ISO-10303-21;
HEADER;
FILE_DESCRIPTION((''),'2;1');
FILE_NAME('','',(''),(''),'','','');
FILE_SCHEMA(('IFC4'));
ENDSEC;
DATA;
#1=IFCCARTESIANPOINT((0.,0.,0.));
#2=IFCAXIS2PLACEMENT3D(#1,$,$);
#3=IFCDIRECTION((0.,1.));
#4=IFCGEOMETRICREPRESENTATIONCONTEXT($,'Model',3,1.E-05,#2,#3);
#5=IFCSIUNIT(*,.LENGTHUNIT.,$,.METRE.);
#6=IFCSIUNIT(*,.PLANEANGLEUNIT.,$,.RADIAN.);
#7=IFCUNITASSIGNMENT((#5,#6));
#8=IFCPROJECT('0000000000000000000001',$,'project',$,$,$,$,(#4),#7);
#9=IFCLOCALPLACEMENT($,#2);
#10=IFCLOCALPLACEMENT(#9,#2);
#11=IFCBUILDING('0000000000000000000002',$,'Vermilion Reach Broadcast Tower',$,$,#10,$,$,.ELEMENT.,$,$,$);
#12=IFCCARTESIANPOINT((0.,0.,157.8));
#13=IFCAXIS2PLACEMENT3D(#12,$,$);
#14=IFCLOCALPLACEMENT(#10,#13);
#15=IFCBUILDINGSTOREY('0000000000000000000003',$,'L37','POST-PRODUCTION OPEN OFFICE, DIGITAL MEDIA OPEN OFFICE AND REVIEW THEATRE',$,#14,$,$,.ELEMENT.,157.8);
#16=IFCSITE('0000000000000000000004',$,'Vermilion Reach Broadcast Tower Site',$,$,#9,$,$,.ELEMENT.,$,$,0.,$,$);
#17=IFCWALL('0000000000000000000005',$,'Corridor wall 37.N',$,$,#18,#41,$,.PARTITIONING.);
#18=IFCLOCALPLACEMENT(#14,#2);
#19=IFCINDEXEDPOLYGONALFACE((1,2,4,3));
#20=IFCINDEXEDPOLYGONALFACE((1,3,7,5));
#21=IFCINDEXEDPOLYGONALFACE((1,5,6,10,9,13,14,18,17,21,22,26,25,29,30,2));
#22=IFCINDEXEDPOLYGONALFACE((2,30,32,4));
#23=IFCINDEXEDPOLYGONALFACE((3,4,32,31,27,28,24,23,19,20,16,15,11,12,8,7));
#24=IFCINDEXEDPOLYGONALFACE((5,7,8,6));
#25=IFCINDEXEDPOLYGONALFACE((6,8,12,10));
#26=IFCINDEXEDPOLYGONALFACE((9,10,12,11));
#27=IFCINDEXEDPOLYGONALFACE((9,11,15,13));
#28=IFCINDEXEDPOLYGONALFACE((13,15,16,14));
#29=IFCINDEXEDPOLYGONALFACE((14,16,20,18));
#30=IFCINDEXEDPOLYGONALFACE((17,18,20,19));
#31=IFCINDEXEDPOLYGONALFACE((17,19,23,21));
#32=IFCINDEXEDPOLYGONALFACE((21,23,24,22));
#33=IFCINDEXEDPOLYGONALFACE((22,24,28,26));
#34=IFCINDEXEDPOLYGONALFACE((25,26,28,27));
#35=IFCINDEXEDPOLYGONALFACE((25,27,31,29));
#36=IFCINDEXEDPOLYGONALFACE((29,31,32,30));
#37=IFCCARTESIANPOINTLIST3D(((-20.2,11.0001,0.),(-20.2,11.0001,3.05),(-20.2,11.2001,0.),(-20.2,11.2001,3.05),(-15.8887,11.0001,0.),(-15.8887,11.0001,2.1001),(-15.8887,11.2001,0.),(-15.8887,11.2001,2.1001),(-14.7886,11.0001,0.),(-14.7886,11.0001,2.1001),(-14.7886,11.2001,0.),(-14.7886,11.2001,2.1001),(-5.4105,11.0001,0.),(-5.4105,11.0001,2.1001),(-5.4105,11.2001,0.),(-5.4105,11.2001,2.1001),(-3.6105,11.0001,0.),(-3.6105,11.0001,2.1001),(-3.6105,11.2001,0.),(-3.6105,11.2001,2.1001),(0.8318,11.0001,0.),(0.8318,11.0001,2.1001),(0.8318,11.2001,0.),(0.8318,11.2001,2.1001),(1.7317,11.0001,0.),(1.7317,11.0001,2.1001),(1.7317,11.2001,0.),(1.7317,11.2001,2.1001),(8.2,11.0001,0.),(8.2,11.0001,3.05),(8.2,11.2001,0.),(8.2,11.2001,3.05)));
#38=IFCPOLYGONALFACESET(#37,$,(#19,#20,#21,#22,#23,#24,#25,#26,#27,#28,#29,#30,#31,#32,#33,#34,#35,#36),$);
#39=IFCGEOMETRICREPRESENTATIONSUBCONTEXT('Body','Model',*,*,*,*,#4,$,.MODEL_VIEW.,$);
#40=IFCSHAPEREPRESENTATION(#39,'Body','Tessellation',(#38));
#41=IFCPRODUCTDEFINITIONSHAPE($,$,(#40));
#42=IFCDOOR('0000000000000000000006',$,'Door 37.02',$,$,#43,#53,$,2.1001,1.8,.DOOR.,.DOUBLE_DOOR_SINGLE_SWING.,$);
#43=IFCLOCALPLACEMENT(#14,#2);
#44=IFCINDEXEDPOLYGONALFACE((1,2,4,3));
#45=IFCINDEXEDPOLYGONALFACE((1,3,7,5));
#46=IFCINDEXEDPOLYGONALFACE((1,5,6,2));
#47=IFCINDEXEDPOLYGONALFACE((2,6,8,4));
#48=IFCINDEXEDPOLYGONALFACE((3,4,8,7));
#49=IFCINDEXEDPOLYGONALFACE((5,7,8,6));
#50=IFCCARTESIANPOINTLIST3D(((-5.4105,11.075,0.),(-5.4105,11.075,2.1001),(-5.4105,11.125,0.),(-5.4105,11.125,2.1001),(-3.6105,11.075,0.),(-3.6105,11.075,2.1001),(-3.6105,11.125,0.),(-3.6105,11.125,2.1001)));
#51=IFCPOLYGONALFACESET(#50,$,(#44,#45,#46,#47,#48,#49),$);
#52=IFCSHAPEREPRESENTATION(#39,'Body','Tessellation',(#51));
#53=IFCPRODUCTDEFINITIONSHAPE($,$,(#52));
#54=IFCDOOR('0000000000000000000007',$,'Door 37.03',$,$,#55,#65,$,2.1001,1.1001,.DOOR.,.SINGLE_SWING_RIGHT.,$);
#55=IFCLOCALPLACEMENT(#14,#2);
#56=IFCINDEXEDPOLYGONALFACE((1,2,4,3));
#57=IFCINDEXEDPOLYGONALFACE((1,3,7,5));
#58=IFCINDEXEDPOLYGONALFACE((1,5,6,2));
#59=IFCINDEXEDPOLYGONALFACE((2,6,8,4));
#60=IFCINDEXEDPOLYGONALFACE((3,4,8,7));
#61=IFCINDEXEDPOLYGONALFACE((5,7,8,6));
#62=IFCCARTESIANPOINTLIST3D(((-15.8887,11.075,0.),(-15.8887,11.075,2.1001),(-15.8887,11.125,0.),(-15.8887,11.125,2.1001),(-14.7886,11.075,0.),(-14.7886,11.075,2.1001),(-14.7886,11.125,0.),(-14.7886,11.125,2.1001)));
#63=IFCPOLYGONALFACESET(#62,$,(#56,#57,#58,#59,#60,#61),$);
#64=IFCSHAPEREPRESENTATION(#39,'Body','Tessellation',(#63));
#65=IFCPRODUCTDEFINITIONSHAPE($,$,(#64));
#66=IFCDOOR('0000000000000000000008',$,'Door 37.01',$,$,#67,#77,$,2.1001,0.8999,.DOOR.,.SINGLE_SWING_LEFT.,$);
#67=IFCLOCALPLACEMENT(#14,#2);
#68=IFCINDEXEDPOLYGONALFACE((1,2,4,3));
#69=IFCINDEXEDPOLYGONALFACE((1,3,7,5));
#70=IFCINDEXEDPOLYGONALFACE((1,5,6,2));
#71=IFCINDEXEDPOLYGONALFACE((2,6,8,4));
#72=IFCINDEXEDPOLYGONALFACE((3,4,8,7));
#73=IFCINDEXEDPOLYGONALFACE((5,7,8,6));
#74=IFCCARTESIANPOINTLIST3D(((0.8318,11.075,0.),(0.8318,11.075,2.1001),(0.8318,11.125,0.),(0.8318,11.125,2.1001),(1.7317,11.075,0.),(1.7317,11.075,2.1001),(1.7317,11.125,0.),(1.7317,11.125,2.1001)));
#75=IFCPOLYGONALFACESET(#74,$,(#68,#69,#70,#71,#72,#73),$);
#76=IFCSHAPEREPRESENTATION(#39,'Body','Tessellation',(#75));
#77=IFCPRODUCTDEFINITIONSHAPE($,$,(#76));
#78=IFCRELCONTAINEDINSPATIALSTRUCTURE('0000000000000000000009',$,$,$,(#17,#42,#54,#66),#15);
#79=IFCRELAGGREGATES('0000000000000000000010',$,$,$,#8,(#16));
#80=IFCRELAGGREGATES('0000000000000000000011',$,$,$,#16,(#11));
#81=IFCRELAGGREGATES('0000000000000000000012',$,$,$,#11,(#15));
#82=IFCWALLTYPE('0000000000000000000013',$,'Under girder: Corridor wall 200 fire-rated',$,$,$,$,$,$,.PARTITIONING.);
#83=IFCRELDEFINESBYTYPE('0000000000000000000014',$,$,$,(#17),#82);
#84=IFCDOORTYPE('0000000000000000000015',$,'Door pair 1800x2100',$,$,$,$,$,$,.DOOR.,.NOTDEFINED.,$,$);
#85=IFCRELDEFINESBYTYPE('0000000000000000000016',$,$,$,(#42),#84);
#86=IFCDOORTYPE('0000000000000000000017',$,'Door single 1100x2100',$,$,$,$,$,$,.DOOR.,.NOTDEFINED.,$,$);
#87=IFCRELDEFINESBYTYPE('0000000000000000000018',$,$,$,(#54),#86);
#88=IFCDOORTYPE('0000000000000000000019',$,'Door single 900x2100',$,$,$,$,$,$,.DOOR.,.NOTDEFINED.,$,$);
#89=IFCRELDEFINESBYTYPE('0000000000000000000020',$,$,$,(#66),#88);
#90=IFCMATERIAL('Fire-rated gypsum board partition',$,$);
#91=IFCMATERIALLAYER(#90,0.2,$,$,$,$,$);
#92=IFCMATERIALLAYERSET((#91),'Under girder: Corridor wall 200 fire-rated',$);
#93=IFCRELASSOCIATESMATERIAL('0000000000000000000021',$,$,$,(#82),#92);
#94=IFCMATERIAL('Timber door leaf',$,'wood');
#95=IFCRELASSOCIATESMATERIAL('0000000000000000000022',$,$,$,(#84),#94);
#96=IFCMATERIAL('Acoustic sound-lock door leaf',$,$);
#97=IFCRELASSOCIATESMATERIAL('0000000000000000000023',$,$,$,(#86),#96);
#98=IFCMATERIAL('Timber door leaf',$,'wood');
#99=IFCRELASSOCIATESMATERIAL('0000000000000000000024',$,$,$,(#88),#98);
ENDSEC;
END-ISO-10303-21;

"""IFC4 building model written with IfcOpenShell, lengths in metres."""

from ifc_helpers import new_model, si_unit, direction, frame, frame_2d, origin, place, context, subcontext, project, spatial, rectangle, extrude, material, layer, layer_set, type_object, element, fill, save


model = new_model("IFC4")

# Units and contexts
model_context = context("Model", 3, precision=1e-05, world=origin(), true_north=direction((0.0, 1.0)))
body_context = subcontext(model_context, "Body", "Model", "MODEL_VIEW")
ifc_project = project(units=[si_unit("LENGTHUNIT", "METRE"), si_unit("PLANEANGLEUNIT", "RADIAN")], contexts=[model_context])

# Site, building, storey
site_placement = place(None, origin())
site = spatial("IfcSite", under=ifc_project, at=site_placement, Name="Vermilion Reach Broadcast Tower Site", CompositionType="ELEMENT", RefElevation=0.0)
building_placement = place(site_placement, origin())
building = spatial("IfcBuilding", under=site, at=building_placement, Name="Vermilion Reach Broadcast Tower", CompositionType="ELEMENT")
storey_placement = place(building_placement, frame((0.0, 0.0, 157.8)))
storey = spatial("IfcBuildingStorey", under=building, at=storey_placement, Name="L37", Description="POST-PRODUCTION OPEN OFFICE, DIGITAL MEDIA OPEN OFFICE AND REVIEW THEATRE", CompositionType="ELEMENT", Elevation=157.8)

# Wall, openings, doors
ifc_material_1 = material(Name="Fire-rated gypsum board partition")
ifc_layer_1 = layer(ifc_material_1, 0.2)
ifc_layer_set_1 = layer_set([ifc_layer_1], Name="Under girder: Corridor wall 200 fire-rated")
wall_type_1 = type_object("IfcWallType", Name="Under girder: Corridor wall 200 fire-rated", PredefinedType="PARTITIONING", material=ifc_layer_set_1)
wall_1_placement = place(storey_placement, frame((-20.2, 11.1001, 0.0), z_axis=(0.0, 0.0, 1.0), x_axis=(1.0, 0.0, 0.0)))
wall_1 = element("IfcWall", 1, at=wall_1_placement, inside=storey, type_object=wall_type_1, Name="Corridor wall 37.N", PredefinedType="PARTITIONING", context=body_context, shape_type="SweptSolid", body=[
    extrude(rectangle(XDim=28.3999, YDim=0.2, at=frame_2d((14.2, 0.0))), origin(), (0.0, 0.0, 1.0), 3.05),
])
opening_1_placement = place(wall_1_placement, frame((21.0317, 0.0, 0.0)))
opening_1 = element("IfcOpeningElement", 2, at=opening_1_placement, cuts=wall_1, PredefinedType="OPENING", context=body_context, shape_type="SweptSolid", body=[
    extrude(rectangle(XDim=0.8999, YDim=2.1001, at=frame_2d((0.45, 1.05))), frame((0.0, 0.1099, 0.0), z_axis=(0.0, -1.0, 0.0), x_axis=(1.0, 0.0, 0.0)), (0.0, 0.0, 1.0), 0.22),
])
opening_2_placement = place(wall_1_placement, frame((14.7896, 0.0, 0.0)))
opening_2 = element("IfcOpeningElement", 3, at=opening_2_placement, cuts=wall_1, PredefinedType="OPENING", context=body_context, shape_type="SweptSolid", body=[
    extrude(rectangle(XDim=1.8, YDim=2.1001, at=frame_2d((0.8999, 1.05))), frame((0.0, 0.1099, 0.0), z_axis=(0.0, -1.0, 0.0), x_axis=(1.0, 0.0, 0.0)), (0.0, 0.0, 1.0), 0.22),
])
opening_3_placement = place(wall_1_placement, frame((4.3113, 0.0, 0.0)))
opening_3 = element("IfcOpeningElement", 4, at=opening_3_placement, cuts=wall_1, PredefinedType="OPENING", context=body_context, shape_type="SweptSolid", body=[
    extrude(rectangle(XDim=1.1001, YDim=2.1001, at=frame_2d((0.55, 1.05))), frame((0.0, 0.1099, 0.0), z_axis=(0.0, -1.0, 0.0), x_axis=(1.0, 0.0, 0.0)), (0.0, 0.0, 1.0), 0.22),
])
ifc_material_2 = material(Name="Timber door leaf", Category="wood")
door_type_1 = type_object("IfcDoorType", Name="Door pair 1800x2100", OperationType="NOTDEFINED", PredefinedType="DOOR", material=ifc_material_2)
door_1_placement = place(opening_2_placement, origin())
door_1 = element("IfcDoor", 5, at=door_1_placement, inside=storey, type_object=door_type_1, Name="Door 37.02", OperationType="DOUBLE_DOOR_SINGLE_SWING", OverallHeight=2.1001, OverallWidth=1.8, PredefinedType="DOOR", context=body_context, shape_type="SweptSolid", body=[
    extrude(rectangle(XDim=1.8, YDim=2.1001, at=frame_2d((0.8999, 1.05))), frame((0.0, 0.0249, 0.0), z_axis=(0.0, -1.0, 0.0), x_axis=(1.0, 0.0, 0.0)), (0.0, 0.0, 1.0), 0.05),
])
fill(opening_2, door_1)
ifc_material_3 = material(Name="Acoustic sound-lock door leaf")
door_type_2 = type_object("IfcDoorType", Name="Door single 1100x2100", OperationType="NOTDEFINED", PredefinedType="DOOR", material=ifc_material_3)
door_2_placement = place(opening_3_placement, origin())
door_2 = element("IfcDoor", 6, at=door_2_placement, inside=storey, type_object=door_type_2, Name="Door 37.03", OperationType="SINGLE_SWING_RIGHT", OverallHeight=2.1001, OverallWidth=1.1001, PredefinedType="DOOR", context=body_context, shape_type="SweptSolid", body=[
    extrude(rectangle(XDim=1.1001, YDim=2.1001, at=frame_2d((0.55, 1.05))), frame((0.0, 0.0249, 0.0), z_axis=(0.0, -1.0, 0.0), x_axis=(1.0, 0.0, 0.0)), (0.0, 0.0, 1.0), 0.05),
])
fill(opening_3, door_2)
ifc_material_4 = material(Name="Timber door leaf", Category="wood")
door_type_3 = type_object("IfcDoorType", Name="Door single 900x2100", OperationType="NOTDEFINED", PredefinedType="DOOR", material=ifc_material_4)
door_3_placement = place(opening_1_placement, origin())
door_3 = element("IfcDoor", 7, at=door_3_placement, inside=storey, type_object=door_type_3, Name="Door 37.01", OperationType="SINGLE_SWING_LEFT", OverallHeight=2.1001, OverallWidth=0.8999, PredefinedType="DOOR", context=body_context, shape_type="SweptSolid", body=[
    extrude(rectangle(XDim=0.8999, YDim=2.1001, at=frame_2d((0.45, 1.05))), frame((0.0, 0.0249, 0.0), z_axis=(0.0, -1.0, 0.0), x_axis=(1.0, 0.0, 0.0)), (0.0, 0.0, 1.0), 0.05),
])
fill(opening_1, door_3)

save(model, "model.ifc")
